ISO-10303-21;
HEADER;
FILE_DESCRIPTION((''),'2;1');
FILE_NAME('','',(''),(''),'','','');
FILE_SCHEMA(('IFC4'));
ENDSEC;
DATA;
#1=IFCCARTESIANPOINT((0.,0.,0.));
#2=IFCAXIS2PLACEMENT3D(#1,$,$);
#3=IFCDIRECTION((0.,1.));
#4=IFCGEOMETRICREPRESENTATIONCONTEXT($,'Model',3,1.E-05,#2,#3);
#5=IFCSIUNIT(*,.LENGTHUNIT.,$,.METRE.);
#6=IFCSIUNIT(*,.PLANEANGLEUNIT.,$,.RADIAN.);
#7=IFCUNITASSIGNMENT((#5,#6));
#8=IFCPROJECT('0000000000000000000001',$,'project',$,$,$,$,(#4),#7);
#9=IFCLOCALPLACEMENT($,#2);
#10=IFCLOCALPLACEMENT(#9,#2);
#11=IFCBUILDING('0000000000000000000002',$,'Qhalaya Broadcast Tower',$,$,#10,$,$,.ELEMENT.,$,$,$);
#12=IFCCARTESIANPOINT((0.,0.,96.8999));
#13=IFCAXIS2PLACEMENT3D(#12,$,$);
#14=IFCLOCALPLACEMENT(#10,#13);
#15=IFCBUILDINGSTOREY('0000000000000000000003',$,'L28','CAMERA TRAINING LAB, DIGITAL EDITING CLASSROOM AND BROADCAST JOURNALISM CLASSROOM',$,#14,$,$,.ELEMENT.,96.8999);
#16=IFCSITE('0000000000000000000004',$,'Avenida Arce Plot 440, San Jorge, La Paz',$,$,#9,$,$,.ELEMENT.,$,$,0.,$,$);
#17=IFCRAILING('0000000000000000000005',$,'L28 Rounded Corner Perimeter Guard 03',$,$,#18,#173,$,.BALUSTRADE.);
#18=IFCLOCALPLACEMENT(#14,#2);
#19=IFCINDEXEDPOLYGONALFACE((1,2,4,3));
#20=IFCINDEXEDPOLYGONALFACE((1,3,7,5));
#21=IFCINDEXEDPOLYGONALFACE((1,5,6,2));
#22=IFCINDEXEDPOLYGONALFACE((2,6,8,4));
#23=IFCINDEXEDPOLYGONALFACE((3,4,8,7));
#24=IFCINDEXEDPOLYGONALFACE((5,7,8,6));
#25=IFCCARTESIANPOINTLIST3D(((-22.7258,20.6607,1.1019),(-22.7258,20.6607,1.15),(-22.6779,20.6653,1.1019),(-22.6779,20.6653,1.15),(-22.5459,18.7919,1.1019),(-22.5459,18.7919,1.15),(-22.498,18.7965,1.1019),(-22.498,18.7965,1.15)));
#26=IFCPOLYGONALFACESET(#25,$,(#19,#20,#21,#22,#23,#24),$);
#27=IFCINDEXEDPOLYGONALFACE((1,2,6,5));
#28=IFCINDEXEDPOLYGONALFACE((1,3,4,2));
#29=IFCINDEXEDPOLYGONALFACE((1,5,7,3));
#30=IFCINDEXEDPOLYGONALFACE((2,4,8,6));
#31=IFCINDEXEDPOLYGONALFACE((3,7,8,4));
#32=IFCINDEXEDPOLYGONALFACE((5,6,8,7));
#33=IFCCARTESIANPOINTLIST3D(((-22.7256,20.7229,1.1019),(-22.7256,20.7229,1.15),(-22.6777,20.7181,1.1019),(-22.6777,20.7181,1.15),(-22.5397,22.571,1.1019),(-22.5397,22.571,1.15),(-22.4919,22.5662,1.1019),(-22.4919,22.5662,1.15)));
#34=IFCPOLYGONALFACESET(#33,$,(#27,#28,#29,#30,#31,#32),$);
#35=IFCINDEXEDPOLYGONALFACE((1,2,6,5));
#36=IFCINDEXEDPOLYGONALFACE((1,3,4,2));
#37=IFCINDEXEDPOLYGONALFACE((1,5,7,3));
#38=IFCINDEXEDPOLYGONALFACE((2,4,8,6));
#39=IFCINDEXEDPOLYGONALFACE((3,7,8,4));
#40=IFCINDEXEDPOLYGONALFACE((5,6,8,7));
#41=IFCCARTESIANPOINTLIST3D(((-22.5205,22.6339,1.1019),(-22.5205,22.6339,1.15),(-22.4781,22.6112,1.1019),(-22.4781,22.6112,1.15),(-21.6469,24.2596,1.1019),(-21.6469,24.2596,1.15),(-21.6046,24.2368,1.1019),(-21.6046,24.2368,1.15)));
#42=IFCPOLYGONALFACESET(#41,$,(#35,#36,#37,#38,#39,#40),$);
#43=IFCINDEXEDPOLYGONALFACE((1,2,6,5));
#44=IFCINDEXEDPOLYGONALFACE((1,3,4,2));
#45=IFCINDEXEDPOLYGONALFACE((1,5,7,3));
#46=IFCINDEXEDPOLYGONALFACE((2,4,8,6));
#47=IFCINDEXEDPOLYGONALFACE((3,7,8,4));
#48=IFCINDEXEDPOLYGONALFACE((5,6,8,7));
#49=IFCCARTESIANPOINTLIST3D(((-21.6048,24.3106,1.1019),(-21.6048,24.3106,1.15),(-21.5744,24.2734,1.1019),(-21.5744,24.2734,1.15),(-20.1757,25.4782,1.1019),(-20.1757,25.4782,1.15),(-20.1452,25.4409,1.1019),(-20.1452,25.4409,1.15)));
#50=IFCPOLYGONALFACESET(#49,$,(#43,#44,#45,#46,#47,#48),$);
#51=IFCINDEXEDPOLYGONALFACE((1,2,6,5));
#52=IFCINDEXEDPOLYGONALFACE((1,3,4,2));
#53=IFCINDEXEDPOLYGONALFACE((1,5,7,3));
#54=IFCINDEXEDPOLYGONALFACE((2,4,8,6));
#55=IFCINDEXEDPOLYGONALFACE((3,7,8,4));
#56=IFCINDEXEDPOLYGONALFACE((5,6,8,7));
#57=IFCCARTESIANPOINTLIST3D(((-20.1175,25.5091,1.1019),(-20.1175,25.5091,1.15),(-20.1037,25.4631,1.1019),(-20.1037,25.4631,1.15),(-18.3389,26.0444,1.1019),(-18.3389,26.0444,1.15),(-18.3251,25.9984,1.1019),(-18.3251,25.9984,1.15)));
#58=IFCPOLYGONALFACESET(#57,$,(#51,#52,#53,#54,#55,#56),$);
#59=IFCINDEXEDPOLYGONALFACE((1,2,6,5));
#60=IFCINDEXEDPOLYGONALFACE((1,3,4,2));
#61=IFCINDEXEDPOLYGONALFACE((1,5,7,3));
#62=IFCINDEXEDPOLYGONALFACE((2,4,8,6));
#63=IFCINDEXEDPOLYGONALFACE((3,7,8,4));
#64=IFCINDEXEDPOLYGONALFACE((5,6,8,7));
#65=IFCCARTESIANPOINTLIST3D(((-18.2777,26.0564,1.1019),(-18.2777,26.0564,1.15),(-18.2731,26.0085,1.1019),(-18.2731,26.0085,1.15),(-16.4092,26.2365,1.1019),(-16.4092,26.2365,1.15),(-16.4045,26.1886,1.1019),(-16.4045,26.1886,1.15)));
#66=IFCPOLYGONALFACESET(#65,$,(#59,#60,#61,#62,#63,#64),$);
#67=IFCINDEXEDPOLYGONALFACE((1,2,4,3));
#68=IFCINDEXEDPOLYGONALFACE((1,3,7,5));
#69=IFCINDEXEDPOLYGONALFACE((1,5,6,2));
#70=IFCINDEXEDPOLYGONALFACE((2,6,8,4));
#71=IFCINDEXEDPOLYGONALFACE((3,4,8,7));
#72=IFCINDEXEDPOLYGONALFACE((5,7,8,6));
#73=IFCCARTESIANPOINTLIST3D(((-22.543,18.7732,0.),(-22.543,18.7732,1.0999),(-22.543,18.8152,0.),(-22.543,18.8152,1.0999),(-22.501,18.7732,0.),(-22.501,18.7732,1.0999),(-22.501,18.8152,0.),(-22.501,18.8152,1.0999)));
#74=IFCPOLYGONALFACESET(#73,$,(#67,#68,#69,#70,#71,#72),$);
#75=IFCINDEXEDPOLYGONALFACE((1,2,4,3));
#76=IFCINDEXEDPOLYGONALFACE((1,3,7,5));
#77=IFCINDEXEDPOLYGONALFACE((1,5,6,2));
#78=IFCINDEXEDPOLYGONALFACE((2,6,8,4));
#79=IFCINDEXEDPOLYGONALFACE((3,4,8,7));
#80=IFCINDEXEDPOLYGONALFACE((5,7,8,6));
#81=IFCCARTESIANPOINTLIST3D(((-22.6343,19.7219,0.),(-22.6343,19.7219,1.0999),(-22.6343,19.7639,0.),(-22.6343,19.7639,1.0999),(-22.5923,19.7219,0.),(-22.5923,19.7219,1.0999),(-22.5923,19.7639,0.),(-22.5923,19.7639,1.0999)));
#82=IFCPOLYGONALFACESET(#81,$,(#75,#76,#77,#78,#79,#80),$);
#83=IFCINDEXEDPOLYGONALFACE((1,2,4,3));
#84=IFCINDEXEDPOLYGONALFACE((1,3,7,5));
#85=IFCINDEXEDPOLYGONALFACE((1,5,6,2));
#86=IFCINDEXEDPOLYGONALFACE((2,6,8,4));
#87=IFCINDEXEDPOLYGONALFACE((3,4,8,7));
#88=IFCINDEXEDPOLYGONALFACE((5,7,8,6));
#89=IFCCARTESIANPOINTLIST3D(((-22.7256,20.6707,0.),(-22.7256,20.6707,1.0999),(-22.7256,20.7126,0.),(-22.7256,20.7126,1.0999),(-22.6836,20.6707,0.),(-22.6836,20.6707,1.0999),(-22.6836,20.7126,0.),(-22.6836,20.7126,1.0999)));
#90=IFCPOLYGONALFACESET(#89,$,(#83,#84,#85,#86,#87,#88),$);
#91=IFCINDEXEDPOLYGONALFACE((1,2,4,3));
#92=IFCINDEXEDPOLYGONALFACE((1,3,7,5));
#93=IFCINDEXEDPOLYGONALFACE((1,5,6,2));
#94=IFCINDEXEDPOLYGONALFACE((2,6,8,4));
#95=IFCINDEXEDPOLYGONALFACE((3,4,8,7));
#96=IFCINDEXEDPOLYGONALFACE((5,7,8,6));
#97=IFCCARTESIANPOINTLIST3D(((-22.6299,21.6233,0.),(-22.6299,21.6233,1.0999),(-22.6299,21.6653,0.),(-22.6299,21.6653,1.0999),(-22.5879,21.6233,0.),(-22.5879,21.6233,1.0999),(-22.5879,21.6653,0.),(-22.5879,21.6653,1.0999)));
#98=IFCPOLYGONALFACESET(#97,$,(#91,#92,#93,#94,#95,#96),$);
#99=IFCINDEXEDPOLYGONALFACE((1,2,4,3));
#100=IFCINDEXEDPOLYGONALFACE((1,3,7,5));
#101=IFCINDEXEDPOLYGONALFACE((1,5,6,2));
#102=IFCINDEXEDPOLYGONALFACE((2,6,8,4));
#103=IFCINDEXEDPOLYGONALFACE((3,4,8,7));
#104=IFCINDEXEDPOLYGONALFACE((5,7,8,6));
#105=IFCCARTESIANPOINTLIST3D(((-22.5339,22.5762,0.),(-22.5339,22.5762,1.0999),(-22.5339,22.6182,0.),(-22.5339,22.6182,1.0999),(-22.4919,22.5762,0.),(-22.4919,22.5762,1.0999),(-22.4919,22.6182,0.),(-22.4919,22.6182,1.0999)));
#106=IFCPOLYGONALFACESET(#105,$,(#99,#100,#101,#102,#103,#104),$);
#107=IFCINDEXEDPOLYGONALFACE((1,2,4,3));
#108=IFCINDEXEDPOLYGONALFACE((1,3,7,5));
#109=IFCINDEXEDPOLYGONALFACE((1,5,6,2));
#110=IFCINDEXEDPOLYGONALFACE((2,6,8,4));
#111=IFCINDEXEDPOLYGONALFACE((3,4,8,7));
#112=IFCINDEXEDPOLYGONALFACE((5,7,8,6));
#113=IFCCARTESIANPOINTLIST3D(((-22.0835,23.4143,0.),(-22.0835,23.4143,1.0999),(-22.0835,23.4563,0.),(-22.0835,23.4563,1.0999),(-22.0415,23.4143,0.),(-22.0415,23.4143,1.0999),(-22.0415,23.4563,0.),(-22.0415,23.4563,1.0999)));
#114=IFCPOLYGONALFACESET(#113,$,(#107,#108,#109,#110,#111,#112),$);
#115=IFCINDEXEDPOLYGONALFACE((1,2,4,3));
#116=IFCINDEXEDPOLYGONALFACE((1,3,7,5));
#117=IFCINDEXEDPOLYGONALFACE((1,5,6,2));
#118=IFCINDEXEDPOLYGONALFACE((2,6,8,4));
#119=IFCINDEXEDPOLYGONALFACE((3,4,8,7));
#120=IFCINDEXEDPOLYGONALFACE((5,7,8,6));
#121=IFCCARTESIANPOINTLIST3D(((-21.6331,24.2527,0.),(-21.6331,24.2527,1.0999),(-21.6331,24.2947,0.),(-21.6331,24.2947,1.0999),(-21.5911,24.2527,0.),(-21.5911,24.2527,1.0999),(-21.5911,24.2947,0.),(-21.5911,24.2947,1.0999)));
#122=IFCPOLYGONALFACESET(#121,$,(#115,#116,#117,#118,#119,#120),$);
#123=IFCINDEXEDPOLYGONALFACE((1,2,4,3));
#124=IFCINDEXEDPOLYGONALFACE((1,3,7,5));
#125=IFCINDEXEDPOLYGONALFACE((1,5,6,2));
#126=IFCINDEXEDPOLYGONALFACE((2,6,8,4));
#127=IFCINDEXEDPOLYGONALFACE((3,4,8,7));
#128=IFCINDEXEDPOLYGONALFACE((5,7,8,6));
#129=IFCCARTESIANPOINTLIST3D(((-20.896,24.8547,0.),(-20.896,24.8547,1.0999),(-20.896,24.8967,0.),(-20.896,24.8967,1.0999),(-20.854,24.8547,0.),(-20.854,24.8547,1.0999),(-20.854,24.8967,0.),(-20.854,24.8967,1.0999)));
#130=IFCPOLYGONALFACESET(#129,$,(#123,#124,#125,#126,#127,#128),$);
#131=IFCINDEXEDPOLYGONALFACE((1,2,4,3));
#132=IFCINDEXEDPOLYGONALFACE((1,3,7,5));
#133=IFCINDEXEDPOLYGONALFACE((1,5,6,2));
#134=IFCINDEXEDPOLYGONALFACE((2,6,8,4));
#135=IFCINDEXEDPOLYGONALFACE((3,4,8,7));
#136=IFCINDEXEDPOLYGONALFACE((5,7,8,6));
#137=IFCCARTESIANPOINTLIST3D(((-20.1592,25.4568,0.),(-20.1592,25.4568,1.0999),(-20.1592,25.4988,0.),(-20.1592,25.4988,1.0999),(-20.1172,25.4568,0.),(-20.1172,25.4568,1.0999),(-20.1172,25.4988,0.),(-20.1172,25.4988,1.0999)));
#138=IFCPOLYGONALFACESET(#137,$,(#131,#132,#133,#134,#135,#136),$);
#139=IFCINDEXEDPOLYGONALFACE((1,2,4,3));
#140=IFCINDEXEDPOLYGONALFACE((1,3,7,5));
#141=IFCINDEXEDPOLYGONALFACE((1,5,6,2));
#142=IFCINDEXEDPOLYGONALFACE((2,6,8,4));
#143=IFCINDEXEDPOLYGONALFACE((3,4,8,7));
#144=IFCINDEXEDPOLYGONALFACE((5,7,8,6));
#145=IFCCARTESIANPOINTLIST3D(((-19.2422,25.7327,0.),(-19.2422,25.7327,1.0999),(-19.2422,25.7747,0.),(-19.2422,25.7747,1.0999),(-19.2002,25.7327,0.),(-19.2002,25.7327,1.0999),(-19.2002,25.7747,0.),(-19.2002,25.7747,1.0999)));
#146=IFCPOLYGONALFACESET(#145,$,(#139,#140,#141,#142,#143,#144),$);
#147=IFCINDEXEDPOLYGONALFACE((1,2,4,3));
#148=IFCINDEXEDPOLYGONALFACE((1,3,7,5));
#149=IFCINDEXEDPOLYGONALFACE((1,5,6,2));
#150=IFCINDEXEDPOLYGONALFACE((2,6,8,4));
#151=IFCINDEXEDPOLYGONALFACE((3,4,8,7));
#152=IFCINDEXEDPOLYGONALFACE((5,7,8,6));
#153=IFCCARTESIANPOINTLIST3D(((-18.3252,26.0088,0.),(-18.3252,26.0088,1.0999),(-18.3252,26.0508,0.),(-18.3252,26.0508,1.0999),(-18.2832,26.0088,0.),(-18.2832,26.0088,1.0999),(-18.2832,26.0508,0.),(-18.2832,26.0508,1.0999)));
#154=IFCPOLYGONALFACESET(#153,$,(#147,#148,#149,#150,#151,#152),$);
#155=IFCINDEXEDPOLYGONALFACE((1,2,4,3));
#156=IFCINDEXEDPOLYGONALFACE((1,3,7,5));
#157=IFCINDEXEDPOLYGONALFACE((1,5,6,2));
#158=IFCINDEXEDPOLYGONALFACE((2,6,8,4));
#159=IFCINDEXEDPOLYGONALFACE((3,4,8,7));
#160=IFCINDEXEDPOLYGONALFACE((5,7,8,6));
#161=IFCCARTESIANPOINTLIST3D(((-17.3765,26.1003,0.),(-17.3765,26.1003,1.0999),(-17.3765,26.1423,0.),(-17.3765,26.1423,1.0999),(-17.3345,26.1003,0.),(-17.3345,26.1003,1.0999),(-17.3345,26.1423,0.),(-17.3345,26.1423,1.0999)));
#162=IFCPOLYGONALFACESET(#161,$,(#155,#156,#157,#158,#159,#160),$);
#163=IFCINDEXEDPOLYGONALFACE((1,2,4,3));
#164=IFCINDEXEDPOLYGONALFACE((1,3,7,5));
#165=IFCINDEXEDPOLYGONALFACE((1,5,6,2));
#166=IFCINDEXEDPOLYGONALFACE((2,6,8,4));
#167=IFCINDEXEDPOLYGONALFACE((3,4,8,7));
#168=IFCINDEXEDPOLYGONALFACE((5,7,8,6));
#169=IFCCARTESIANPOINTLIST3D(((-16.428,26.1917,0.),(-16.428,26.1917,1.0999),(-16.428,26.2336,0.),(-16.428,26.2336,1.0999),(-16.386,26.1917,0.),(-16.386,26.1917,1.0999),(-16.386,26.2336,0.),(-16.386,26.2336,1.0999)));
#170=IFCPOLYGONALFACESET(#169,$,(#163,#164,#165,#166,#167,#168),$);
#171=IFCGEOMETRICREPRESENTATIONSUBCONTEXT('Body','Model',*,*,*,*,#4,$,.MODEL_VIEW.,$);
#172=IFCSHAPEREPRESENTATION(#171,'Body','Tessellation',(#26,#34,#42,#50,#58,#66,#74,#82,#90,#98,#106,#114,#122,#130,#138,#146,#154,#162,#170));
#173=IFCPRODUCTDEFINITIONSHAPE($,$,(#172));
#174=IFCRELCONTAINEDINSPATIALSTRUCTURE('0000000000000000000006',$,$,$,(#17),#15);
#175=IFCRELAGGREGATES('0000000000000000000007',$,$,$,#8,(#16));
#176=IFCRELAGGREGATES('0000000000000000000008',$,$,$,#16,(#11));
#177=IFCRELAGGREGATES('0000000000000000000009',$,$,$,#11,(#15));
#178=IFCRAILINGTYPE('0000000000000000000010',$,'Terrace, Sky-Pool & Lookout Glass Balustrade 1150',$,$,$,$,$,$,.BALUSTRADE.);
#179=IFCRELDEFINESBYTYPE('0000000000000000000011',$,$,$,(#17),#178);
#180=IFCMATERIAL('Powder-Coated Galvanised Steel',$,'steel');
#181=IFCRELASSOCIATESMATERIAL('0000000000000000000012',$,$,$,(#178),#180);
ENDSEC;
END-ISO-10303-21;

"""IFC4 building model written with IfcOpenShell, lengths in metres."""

from ifc_helpers import new_model, si_unit, direction, frame, origin, origin_2d, place, context, subcontext, project, spatial, rectangle, extrude, material, type_object, element, save


model = new_model("IFC4")

# Units and contexts
model_context = context("Model", 3, precision=1e-05, world=origin(), true_north=direction((0.0, 1.0)))
body_context = subcontext(model_context, "Body", "Model", "MODEL_VIEW")
ifc_project = project(units=[si_unit("LENGTHUNIT", "METRE"), si_unit("PLANEANGLEUNIT", "RADIAN")], contexts=[model_context])

# Site, building, storey
site_placement = place(None, origin())
site = spatial("IfcSite", under=ifc_project, at=site_placement, Name="Avenida Arce Plot 440, San Jorge, La Paz", CompositionType="ELEMENT", RefElevation=0.0)
building_placement = place(site_placement, origin())
building = spatial("IfcBuilding", under=site, at=building_placement, Name="Qhalaya Broadcast Tower", CompositionType="ELEMENT")
storey_placement = place(building_placement, frame((0.0, 0.0, 96.8999)))
storey = spatial("IfcBuildingStorey", under=building, at=storey_placement, Name="L28", Description="CAMERA TRAINING LAB, DIGITAL EDITING CLASSROOM AND BROADCAST JOURNALISM CLASSROOM", CompositionType="ELEMENT", Elevation=96.8999)

# Railing
ifc_material_1 = material(Name="Powder-Coated Galvanised Steel", Category="steel")
railing_type = type_object("IfcRailingType", Name="Terrace, Sky-Pool & Lookout Glass Balustrade 1150", PredefinedType="BALUSTRADE", material=ifc_material_1)
railing_placement = place(storey_placement, frame((-22.522, 18.7942, 0.0)))
element("IfcRailing", 1, at=railing_placement, inside=storey, type_object=railing_type, Name="L28 Rounded Corner Perimeter Guard 03", PredefinedType="BALUSTRADE", context=body_context, shape_type="SweptSolid", body=[
    extrude(rectangle(XDim=0.0481, YDim=0.0481, at=origin_2d()), frame((0.0, 0.0, 1.126), z_axis=(-0.0958, 0.995401, 0.0), x_axis=(-0.995401, -0.0958, 0.0)), (0.0, 0.0, 1.0), 1.8774),
    extrude(rectangle(XDim=0.0481, YDim=0.0481, at=origin_2d()), frame((-0.1797, 1.9263, 1.126), z_axis=(0.100072, 0.99498, 0.0), x_axis=(-0.99498, 0.100072, 0.0)), (0.0, 0.0, 1.0), 1.8574),
    extrude(rectangle(XDim=0.0481, YDim=0.0481, at=origin_2d()), frame((0.0227, 3.8284, 1.126), z_axis=(0.473342, 0.880879, 0.0), x_axis=(-0.880879, 0.473342, 0.0)), (0.0, 0.0, 1.0), 1.8455),
    extrude(rectangle(XDim=0.0481, YDim=0.0481, at=origin_2d()), frame((0.9324, 5.4978, 1.126), z_axis=(0.77442, 0.632672, 0.0), x_axis=(-0.632672, 0.77442, 0.0)), (0.0, 0.0, 1.0), 1.8455),
    extrude(rectangle(XDim=0.0481, YDim=0.0481, at=origin_2d()), frame((2.4114, 6.6919, 1.126), z_axis=(0.957566, 0.288213, 0.0), x_axis=(-0.288213, 0.957566, 0.0)), (0.0, 0.0, 1.0), 1.8574),
    extrude(rectangle(XDim=0.0481, YDim=0.0481, at=origin_2d()), frame((4.2466, 7.2383, 1.126), z_axis=(0.995387, 0.095939, 0.0), x_axis=(-0.095939, 0.995387, 0.0)), (0.0, 0.0, 1.0), 1.8772),
    extrude(rectangle(XDim=0.042, YDim=0.042, at=origin_2d()), origin(), (0.0, 0.0, 1.0), 1.0999),
    extrude(rectangle(XDim=0.042, YDim=0.042, at=origin_2d()), frame((-0.0913, 0.9487, 0.0)), (0.0, 0.0, 1.0), 1.0999),
    extrude(rectangle(XDim=0.042, YDim=0.042, at=origin_2d()), frame((-0.1826, 1.8975, 0.0)), (0.0, 0.0, 1.0), 1.0999),
    extrude(rectangle(XDim=0.042, YDim=0.042, at=origin_2d()), frame((-0.0869, 2.8501, 0.0)), (0.0, 0.0, 1.0), 1.0999),
    extrude(rectangle(XDim=0.042, YDim=0.042, at=origin_2d()), frame((0.009, 3.803, 0.0)), (0.0, 0.0, 1.0), 1.0999),
    extrude(rectangle(XDim=0.042, YDim=0.042, at=origin_2d()), frame((0.4595, 4.6411, 0.0)), (0.0, 0.0, 1.0), 1.0999),
    extrude(rectangle(XDim=0.042, YDim=0.042, at=origin_2d()), frame((0.9099, 5.4795, 0.0)), (0.0, 0.0, 1.0), 1.0999),
    extrude(rectangle(XDim=0.042, YDim=0.042, at=origin_2d()), frame((1.647, 6.0815, 0.0)), (0.0, 0.0, 1.0), 1.0999),
    extrude(rectangle(XDim=0.042, YDim=0.042, at=origin_2d()), frame((2.3838, 6.6836, 0.0)), (0.0, 0.0, 1.0), 1.0999),
    extrude(rectangle(XDim=0.042, YDim=0.042, at=origin_2d()), frame((3.3008, 6.9595, 0.0)), (0.0, 0.0, 1.0), 1.0999),
    extrude(rectangle(XDim=0.042, YDim=0.042, at=origin_2d()), frame((4.2178, 7.2356, 0.0)), (0.0, 0.0, 1.0), 1.0999),
    extrude(rectangle(XDim=0.042, YDim=0.042, at=origin_2d()), frame((5.1665, 7.3271, 0.0)), (0.0, 0.0, 1.0), 1.0999),
    extrude(rectangle(XDim=0.042, YDim=0.042, at=origin_2d()), frame((6.115, 7.4185, 0.0)), (0.0, 0.0, 1.0), 1.0999),
])

save(model, "model.ifc")
